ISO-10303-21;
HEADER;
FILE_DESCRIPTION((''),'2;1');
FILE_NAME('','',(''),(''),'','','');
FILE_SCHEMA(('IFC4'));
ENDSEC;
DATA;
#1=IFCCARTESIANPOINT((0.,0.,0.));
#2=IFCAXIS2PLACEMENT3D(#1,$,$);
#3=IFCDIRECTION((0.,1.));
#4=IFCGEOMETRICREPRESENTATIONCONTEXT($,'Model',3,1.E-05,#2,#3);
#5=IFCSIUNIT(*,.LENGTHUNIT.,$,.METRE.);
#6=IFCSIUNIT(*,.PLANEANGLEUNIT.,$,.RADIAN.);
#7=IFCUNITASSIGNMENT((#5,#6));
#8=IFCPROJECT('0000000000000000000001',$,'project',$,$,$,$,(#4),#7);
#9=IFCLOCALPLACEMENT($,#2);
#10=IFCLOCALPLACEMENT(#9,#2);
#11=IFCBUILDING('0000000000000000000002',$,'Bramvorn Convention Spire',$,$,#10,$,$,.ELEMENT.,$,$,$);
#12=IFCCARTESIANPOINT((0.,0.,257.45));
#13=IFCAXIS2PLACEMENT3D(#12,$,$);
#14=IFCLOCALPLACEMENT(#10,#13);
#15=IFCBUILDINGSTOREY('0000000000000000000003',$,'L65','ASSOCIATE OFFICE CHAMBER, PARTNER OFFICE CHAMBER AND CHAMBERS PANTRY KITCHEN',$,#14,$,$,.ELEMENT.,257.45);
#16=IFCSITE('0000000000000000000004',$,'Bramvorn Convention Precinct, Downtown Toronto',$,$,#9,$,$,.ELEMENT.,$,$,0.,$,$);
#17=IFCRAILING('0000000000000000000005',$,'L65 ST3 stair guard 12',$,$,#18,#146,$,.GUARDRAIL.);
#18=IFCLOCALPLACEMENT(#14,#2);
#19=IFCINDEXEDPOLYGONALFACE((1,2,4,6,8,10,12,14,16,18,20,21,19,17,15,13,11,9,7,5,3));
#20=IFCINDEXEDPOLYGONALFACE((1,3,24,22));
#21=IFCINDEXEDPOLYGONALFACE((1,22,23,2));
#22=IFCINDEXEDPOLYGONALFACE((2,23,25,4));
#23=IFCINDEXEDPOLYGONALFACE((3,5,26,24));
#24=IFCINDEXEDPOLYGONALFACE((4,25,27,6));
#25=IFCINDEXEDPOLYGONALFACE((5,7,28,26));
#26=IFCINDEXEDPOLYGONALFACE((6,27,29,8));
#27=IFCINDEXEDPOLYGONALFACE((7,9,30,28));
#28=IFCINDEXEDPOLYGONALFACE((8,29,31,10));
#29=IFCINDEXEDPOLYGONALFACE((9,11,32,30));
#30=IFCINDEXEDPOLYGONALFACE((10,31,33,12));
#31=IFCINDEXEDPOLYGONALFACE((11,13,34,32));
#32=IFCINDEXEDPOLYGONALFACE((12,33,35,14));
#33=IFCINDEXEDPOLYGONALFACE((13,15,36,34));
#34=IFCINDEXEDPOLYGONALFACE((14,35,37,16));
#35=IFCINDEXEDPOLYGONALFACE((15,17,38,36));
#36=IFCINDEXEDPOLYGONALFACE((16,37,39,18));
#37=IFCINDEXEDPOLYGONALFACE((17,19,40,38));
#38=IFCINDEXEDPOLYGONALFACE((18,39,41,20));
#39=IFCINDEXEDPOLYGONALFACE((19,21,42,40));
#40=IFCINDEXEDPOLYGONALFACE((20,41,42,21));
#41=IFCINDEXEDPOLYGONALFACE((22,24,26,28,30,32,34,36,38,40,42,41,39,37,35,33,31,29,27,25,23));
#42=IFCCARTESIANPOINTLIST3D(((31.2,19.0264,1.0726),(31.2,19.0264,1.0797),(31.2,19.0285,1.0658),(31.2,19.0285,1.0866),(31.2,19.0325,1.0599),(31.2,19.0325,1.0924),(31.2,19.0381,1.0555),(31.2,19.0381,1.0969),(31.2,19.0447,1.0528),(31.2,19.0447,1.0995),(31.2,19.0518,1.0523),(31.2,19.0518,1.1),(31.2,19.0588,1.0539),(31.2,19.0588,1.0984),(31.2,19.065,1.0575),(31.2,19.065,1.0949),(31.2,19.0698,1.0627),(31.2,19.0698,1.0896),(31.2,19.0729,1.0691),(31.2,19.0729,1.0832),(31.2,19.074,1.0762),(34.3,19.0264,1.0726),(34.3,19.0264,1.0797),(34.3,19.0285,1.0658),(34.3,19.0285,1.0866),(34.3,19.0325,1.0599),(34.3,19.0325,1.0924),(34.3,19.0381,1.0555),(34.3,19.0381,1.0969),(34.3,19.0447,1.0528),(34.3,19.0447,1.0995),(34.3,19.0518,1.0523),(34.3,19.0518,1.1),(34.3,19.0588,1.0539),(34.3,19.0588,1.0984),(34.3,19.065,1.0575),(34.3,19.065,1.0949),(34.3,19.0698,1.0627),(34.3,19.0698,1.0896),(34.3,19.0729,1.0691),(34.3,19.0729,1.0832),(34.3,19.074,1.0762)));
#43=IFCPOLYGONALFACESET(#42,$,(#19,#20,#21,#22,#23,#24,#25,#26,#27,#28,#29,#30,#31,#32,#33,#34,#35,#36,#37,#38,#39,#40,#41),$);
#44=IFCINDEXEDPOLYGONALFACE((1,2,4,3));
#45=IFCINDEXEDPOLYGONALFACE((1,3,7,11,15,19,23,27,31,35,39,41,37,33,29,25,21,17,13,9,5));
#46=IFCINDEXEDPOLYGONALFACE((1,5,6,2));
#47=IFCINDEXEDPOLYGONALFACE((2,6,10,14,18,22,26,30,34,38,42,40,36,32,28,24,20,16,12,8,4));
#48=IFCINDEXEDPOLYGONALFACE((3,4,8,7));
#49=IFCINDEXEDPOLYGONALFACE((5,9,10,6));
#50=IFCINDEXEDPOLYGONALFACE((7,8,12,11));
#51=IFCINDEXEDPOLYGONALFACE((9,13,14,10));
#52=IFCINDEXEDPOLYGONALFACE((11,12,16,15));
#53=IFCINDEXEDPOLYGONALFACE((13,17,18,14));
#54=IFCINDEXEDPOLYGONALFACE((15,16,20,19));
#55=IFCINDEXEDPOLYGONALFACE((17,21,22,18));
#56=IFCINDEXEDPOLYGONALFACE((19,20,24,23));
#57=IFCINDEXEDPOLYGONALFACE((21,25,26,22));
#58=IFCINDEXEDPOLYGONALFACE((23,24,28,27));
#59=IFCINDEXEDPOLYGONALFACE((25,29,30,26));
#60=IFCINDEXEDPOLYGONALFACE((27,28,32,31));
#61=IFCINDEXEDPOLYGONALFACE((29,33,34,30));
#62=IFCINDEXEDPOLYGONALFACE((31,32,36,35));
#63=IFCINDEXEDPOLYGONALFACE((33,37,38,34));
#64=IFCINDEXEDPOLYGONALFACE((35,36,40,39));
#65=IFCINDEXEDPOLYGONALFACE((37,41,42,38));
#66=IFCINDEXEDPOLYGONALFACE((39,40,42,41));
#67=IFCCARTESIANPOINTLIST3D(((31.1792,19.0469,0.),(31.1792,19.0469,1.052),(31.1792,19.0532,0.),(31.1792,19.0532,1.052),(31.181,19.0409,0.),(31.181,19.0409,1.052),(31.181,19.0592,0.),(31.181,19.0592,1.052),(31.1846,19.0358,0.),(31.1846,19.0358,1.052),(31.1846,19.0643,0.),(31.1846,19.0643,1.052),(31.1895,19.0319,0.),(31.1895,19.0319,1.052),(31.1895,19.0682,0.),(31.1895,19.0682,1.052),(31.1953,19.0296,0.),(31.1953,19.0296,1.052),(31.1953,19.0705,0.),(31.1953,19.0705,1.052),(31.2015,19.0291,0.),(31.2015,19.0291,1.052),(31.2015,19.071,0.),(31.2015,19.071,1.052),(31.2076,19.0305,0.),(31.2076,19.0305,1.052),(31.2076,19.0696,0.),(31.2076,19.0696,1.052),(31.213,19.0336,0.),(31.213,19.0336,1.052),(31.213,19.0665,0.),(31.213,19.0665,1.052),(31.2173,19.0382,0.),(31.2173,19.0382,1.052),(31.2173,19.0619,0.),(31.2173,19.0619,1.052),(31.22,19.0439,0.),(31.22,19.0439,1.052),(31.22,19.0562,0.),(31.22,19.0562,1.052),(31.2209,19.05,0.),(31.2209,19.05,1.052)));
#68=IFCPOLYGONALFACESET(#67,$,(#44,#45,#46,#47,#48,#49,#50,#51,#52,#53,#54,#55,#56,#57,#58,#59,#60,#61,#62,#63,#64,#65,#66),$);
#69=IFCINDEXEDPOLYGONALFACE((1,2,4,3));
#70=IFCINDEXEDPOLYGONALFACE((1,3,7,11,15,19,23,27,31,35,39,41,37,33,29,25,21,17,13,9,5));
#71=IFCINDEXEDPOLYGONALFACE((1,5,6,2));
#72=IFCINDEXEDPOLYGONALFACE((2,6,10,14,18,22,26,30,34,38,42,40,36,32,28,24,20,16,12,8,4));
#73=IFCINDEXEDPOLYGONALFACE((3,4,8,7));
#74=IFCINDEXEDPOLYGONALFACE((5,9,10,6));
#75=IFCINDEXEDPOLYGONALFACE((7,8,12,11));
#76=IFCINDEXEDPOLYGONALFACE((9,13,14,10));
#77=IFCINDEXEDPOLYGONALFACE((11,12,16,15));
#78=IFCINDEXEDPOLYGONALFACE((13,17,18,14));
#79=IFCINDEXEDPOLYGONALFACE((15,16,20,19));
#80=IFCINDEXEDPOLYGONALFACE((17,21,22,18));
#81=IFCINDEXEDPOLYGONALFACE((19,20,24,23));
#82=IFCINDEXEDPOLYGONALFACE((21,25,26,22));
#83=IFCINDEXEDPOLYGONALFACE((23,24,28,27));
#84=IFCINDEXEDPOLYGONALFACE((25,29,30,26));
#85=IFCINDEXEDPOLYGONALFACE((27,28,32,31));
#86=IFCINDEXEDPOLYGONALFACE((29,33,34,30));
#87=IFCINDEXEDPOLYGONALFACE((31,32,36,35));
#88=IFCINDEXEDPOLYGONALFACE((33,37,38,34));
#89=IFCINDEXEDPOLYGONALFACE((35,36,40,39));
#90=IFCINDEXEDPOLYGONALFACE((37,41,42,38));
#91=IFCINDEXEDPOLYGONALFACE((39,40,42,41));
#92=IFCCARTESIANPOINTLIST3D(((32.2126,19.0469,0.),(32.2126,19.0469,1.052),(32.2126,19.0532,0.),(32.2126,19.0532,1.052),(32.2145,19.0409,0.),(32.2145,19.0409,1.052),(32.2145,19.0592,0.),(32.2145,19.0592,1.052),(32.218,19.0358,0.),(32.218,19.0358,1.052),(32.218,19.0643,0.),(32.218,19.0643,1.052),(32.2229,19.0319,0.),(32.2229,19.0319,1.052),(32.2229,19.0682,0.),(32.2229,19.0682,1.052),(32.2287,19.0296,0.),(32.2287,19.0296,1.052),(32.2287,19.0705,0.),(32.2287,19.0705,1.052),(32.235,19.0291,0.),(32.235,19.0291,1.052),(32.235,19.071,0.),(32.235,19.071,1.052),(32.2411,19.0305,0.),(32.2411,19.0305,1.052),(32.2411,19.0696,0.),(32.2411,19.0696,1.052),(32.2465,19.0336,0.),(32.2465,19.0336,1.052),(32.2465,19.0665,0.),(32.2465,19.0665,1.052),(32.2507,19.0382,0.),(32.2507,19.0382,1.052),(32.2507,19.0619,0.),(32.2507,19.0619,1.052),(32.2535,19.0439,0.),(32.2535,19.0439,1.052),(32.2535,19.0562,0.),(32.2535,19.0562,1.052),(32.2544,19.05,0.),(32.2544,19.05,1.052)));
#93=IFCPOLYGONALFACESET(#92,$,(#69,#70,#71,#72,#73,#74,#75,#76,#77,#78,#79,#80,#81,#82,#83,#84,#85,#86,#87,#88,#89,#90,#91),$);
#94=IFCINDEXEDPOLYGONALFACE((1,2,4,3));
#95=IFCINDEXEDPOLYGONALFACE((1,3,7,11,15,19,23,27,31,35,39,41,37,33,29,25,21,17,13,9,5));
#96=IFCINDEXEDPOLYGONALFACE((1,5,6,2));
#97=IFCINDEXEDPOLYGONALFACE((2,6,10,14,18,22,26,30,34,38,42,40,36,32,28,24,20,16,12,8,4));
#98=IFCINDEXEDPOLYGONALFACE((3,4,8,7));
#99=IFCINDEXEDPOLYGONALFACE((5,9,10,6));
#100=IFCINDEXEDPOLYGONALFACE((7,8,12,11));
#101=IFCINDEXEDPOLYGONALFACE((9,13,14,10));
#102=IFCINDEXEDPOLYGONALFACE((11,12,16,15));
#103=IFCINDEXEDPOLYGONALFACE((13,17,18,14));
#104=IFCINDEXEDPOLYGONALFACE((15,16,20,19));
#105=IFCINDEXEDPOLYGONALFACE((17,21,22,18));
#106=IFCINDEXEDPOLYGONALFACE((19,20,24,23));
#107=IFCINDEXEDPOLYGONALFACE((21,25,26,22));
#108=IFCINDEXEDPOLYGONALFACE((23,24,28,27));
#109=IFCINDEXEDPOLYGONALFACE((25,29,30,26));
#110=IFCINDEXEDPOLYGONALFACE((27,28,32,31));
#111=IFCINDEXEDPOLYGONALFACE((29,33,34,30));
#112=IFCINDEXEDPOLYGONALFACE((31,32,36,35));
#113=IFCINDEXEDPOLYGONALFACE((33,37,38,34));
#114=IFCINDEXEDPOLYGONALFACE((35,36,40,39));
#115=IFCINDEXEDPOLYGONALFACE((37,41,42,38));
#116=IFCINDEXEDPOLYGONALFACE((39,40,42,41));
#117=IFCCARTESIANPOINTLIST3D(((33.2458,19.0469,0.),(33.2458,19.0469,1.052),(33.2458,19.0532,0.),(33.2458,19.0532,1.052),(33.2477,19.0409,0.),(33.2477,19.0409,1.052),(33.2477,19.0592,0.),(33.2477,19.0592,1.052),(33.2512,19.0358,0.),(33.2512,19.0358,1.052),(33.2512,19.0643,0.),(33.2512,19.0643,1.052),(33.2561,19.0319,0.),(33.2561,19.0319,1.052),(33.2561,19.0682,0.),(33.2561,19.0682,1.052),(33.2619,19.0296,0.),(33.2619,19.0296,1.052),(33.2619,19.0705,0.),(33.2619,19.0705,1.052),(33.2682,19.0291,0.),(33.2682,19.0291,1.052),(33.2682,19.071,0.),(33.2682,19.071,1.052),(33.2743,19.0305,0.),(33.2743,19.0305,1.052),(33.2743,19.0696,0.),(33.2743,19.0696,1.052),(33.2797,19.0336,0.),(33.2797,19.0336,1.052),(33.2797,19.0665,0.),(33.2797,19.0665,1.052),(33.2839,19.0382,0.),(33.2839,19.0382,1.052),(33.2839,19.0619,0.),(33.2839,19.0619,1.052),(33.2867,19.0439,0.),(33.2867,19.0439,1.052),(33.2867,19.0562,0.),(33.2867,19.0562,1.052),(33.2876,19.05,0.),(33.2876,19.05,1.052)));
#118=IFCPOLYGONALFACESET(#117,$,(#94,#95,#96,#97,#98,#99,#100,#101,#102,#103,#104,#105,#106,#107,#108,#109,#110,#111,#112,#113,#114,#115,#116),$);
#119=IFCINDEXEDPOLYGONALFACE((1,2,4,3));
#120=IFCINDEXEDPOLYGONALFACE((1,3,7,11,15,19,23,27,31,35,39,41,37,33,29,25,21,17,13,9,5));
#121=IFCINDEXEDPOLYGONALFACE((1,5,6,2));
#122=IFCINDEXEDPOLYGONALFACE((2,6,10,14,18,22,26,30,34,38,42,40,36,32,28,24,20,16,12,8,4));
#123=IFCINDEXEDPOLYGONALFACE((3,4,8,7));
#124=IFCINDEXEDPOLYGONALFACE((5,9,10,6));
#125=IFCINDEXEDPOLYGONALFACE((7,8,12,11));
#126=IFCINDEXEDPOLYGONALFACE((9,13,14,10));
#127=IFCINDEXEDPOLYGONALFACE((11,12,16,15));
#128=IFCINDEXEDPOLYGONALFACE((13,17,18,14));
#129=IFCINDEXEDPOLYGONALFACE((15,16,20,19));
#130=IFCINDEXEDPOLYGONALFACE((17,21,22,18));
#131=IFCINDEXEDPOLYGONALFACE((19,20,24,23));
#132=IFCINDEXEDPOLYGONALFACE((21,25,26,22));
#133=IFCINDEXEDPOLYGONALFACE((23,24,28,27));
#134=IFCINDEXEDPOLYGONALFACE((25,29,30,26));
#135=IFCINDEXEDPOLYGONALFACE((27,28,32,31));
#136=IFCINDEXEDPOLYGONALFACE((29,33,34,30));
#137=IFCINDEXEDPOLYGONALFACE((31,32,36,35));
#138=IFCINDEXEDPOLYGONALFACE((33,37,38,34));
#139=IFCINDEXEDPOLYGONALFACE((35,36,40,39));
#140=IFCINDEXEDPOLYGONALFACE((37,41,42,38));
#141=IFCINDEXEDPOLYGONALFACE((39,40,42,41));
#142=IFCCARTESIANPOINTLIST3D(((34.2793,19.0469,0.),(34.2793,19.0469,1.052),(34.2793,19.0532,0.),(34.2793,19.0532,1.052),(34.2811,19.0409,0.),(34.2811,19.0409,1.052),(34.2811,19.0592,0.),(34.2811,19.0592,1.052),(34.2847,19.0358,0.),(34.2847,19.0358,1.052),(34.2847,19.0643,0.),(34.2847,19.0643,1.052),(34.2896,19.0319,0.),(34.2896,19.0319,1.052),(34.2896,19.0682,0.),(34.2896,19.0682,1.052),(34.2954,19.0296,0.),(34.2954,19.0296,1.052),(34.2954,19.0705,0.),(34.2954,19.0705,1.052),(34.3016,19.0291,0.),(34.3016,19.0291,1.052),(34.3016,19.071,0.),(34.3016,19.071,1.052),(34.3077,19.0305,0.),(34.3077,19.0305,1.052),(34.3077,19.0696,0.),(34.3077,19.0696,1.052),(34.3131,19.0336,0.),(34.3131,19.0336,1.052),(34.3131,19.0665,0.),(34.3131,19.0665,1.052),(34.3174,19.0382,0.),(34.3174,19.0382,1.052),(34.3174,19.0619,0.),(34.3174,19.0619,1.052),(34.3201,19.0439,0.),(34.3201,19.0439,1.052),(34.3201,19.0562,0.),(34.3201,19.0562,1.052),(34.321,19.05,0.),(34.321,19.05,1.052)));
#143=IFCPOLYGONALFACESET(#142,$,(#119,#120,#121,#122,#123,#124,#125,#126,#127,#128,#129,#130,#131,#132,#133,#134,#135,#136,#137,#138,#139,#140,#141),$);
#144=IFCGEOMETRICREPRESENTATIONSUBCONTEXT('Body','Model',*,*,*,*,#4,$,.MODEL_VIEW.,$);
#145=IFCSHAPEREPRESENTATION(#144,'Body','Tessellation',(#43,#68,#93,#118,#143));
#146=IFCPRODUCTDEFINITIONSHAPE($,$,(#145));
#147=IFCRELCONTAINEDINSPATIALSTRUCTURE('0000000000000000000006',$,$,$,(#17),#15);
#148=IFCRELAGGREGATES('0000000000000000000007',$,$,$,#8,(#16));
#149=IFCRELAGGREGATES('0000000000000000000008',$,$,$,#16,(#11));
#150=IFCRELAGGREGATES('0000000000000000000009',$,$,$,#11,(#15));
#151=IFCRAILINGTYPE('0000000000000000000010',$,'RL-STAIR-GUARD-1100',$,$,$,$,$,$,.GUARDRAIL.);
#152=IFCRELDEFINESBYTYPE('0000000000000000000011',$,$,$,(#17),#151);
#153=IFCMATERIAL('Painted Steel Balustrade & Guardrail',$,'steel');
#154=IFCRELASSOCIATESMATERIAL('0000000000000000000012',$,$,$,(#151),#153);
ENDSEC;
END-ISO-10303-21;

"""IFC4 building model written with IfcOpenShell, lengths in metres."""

from ifc_helpers import new_model, si_unit, direction, frame, origin, origin_2d, place, context, subcontext, project, spatial, circle, extrude, material, type_object, element, save


model = new_model("IFC4")

# Units and contexts
model_context = context("Model", 3, precision=1e-05, world=origin(), true_north=direction((0.0, 1.0)))
body_context = subcontext(model_context, "Body", "Model", "MODEL_VIEW")
ifc_project = project(units=[si_unit("LENGTHUNIT", "METRE"), si_unit("PLANEANGLEUNIT", "RADIAN")], contexts=[model_context])

# Site, building, storey
site_placement = place(None, origin())
site = spatial("IfcSite", under=ifc_project, at=site_placement, Name="Bramvorn Convention Precinct, Downtown Toronto", CompositionType="ELEMENT", RefElevation=0.0)
building_placement = place(site_placement, origin())
building = spatial("IfcBuilding", under=site, at=building_placement, Name="Bramvorn Convention Spire", CompositionType="ELEMENT")
storey_placement = place(building_placement, frame((0.0, 0.0, 257.45)))
storey = spatial("IfcBuildingStorey", under=building, at=storey_placement, Name="L65", Description="ASSOCIATE OFFICE CHAMBER, PARTNER OFFICE CHAMBER AND CHAMBERS PANTRY KITCHEN", CompositionType="ELEMENT", Elevation=257.45)

# Railing
ifc_material_1 = material(Name="Painted Steel Balustrade & Guardrail", Category="steel")
railing_type_1 = type_object("IfcRailingType", Name="RL-STAIR-GUARD-1100", PredefinedType="GUARDRAIL", material=ifc_material_1)
railing_1_placement = place(storey_placement, frame((31.2, 19.05, 0.0)))
element("IfcRailing", 1, at=railing_1_placement, inside=storey, type_object=railing_type_1, Name="L65 ST3 stair guard 12", PredefinedType="GUARDRAIL", context=body_context, shape_type="SweptSolid", body=[
    extrude(circle(Radius=0.0239, at=origin_2d()), frame((0.0, 0.0, 1.0762), z_axis=(1.0, 0.0, 0.0), x_axis=(0.0, 1.0, 0.0)), (0.0, 0.0, 1.0), 3.1001),
    extrude(circle(Radius=0.021, at=origin_2d()), origin(), (0.0, 0.0, 1.0), 1.052),
    extrude(circle(Radius=0.021, at=origin_2d()), frame((1.0334, 0.0, 0.0)), (0.0, 0.0, 1.0), 1.052),
    extrude(circle(Radius=0.021, at=origin_2d()), frame((2.0667, 0.0, 0.0)), (0.0, 0.0, 1.0), 1.052),
    extrude(circle(Radius=0.021, at=origin_2d()), frame((3.1001, 0.0, 0.0)), (0.0, 0.0, 1.0), 1.052),
])

save(model, "model.ifc")
